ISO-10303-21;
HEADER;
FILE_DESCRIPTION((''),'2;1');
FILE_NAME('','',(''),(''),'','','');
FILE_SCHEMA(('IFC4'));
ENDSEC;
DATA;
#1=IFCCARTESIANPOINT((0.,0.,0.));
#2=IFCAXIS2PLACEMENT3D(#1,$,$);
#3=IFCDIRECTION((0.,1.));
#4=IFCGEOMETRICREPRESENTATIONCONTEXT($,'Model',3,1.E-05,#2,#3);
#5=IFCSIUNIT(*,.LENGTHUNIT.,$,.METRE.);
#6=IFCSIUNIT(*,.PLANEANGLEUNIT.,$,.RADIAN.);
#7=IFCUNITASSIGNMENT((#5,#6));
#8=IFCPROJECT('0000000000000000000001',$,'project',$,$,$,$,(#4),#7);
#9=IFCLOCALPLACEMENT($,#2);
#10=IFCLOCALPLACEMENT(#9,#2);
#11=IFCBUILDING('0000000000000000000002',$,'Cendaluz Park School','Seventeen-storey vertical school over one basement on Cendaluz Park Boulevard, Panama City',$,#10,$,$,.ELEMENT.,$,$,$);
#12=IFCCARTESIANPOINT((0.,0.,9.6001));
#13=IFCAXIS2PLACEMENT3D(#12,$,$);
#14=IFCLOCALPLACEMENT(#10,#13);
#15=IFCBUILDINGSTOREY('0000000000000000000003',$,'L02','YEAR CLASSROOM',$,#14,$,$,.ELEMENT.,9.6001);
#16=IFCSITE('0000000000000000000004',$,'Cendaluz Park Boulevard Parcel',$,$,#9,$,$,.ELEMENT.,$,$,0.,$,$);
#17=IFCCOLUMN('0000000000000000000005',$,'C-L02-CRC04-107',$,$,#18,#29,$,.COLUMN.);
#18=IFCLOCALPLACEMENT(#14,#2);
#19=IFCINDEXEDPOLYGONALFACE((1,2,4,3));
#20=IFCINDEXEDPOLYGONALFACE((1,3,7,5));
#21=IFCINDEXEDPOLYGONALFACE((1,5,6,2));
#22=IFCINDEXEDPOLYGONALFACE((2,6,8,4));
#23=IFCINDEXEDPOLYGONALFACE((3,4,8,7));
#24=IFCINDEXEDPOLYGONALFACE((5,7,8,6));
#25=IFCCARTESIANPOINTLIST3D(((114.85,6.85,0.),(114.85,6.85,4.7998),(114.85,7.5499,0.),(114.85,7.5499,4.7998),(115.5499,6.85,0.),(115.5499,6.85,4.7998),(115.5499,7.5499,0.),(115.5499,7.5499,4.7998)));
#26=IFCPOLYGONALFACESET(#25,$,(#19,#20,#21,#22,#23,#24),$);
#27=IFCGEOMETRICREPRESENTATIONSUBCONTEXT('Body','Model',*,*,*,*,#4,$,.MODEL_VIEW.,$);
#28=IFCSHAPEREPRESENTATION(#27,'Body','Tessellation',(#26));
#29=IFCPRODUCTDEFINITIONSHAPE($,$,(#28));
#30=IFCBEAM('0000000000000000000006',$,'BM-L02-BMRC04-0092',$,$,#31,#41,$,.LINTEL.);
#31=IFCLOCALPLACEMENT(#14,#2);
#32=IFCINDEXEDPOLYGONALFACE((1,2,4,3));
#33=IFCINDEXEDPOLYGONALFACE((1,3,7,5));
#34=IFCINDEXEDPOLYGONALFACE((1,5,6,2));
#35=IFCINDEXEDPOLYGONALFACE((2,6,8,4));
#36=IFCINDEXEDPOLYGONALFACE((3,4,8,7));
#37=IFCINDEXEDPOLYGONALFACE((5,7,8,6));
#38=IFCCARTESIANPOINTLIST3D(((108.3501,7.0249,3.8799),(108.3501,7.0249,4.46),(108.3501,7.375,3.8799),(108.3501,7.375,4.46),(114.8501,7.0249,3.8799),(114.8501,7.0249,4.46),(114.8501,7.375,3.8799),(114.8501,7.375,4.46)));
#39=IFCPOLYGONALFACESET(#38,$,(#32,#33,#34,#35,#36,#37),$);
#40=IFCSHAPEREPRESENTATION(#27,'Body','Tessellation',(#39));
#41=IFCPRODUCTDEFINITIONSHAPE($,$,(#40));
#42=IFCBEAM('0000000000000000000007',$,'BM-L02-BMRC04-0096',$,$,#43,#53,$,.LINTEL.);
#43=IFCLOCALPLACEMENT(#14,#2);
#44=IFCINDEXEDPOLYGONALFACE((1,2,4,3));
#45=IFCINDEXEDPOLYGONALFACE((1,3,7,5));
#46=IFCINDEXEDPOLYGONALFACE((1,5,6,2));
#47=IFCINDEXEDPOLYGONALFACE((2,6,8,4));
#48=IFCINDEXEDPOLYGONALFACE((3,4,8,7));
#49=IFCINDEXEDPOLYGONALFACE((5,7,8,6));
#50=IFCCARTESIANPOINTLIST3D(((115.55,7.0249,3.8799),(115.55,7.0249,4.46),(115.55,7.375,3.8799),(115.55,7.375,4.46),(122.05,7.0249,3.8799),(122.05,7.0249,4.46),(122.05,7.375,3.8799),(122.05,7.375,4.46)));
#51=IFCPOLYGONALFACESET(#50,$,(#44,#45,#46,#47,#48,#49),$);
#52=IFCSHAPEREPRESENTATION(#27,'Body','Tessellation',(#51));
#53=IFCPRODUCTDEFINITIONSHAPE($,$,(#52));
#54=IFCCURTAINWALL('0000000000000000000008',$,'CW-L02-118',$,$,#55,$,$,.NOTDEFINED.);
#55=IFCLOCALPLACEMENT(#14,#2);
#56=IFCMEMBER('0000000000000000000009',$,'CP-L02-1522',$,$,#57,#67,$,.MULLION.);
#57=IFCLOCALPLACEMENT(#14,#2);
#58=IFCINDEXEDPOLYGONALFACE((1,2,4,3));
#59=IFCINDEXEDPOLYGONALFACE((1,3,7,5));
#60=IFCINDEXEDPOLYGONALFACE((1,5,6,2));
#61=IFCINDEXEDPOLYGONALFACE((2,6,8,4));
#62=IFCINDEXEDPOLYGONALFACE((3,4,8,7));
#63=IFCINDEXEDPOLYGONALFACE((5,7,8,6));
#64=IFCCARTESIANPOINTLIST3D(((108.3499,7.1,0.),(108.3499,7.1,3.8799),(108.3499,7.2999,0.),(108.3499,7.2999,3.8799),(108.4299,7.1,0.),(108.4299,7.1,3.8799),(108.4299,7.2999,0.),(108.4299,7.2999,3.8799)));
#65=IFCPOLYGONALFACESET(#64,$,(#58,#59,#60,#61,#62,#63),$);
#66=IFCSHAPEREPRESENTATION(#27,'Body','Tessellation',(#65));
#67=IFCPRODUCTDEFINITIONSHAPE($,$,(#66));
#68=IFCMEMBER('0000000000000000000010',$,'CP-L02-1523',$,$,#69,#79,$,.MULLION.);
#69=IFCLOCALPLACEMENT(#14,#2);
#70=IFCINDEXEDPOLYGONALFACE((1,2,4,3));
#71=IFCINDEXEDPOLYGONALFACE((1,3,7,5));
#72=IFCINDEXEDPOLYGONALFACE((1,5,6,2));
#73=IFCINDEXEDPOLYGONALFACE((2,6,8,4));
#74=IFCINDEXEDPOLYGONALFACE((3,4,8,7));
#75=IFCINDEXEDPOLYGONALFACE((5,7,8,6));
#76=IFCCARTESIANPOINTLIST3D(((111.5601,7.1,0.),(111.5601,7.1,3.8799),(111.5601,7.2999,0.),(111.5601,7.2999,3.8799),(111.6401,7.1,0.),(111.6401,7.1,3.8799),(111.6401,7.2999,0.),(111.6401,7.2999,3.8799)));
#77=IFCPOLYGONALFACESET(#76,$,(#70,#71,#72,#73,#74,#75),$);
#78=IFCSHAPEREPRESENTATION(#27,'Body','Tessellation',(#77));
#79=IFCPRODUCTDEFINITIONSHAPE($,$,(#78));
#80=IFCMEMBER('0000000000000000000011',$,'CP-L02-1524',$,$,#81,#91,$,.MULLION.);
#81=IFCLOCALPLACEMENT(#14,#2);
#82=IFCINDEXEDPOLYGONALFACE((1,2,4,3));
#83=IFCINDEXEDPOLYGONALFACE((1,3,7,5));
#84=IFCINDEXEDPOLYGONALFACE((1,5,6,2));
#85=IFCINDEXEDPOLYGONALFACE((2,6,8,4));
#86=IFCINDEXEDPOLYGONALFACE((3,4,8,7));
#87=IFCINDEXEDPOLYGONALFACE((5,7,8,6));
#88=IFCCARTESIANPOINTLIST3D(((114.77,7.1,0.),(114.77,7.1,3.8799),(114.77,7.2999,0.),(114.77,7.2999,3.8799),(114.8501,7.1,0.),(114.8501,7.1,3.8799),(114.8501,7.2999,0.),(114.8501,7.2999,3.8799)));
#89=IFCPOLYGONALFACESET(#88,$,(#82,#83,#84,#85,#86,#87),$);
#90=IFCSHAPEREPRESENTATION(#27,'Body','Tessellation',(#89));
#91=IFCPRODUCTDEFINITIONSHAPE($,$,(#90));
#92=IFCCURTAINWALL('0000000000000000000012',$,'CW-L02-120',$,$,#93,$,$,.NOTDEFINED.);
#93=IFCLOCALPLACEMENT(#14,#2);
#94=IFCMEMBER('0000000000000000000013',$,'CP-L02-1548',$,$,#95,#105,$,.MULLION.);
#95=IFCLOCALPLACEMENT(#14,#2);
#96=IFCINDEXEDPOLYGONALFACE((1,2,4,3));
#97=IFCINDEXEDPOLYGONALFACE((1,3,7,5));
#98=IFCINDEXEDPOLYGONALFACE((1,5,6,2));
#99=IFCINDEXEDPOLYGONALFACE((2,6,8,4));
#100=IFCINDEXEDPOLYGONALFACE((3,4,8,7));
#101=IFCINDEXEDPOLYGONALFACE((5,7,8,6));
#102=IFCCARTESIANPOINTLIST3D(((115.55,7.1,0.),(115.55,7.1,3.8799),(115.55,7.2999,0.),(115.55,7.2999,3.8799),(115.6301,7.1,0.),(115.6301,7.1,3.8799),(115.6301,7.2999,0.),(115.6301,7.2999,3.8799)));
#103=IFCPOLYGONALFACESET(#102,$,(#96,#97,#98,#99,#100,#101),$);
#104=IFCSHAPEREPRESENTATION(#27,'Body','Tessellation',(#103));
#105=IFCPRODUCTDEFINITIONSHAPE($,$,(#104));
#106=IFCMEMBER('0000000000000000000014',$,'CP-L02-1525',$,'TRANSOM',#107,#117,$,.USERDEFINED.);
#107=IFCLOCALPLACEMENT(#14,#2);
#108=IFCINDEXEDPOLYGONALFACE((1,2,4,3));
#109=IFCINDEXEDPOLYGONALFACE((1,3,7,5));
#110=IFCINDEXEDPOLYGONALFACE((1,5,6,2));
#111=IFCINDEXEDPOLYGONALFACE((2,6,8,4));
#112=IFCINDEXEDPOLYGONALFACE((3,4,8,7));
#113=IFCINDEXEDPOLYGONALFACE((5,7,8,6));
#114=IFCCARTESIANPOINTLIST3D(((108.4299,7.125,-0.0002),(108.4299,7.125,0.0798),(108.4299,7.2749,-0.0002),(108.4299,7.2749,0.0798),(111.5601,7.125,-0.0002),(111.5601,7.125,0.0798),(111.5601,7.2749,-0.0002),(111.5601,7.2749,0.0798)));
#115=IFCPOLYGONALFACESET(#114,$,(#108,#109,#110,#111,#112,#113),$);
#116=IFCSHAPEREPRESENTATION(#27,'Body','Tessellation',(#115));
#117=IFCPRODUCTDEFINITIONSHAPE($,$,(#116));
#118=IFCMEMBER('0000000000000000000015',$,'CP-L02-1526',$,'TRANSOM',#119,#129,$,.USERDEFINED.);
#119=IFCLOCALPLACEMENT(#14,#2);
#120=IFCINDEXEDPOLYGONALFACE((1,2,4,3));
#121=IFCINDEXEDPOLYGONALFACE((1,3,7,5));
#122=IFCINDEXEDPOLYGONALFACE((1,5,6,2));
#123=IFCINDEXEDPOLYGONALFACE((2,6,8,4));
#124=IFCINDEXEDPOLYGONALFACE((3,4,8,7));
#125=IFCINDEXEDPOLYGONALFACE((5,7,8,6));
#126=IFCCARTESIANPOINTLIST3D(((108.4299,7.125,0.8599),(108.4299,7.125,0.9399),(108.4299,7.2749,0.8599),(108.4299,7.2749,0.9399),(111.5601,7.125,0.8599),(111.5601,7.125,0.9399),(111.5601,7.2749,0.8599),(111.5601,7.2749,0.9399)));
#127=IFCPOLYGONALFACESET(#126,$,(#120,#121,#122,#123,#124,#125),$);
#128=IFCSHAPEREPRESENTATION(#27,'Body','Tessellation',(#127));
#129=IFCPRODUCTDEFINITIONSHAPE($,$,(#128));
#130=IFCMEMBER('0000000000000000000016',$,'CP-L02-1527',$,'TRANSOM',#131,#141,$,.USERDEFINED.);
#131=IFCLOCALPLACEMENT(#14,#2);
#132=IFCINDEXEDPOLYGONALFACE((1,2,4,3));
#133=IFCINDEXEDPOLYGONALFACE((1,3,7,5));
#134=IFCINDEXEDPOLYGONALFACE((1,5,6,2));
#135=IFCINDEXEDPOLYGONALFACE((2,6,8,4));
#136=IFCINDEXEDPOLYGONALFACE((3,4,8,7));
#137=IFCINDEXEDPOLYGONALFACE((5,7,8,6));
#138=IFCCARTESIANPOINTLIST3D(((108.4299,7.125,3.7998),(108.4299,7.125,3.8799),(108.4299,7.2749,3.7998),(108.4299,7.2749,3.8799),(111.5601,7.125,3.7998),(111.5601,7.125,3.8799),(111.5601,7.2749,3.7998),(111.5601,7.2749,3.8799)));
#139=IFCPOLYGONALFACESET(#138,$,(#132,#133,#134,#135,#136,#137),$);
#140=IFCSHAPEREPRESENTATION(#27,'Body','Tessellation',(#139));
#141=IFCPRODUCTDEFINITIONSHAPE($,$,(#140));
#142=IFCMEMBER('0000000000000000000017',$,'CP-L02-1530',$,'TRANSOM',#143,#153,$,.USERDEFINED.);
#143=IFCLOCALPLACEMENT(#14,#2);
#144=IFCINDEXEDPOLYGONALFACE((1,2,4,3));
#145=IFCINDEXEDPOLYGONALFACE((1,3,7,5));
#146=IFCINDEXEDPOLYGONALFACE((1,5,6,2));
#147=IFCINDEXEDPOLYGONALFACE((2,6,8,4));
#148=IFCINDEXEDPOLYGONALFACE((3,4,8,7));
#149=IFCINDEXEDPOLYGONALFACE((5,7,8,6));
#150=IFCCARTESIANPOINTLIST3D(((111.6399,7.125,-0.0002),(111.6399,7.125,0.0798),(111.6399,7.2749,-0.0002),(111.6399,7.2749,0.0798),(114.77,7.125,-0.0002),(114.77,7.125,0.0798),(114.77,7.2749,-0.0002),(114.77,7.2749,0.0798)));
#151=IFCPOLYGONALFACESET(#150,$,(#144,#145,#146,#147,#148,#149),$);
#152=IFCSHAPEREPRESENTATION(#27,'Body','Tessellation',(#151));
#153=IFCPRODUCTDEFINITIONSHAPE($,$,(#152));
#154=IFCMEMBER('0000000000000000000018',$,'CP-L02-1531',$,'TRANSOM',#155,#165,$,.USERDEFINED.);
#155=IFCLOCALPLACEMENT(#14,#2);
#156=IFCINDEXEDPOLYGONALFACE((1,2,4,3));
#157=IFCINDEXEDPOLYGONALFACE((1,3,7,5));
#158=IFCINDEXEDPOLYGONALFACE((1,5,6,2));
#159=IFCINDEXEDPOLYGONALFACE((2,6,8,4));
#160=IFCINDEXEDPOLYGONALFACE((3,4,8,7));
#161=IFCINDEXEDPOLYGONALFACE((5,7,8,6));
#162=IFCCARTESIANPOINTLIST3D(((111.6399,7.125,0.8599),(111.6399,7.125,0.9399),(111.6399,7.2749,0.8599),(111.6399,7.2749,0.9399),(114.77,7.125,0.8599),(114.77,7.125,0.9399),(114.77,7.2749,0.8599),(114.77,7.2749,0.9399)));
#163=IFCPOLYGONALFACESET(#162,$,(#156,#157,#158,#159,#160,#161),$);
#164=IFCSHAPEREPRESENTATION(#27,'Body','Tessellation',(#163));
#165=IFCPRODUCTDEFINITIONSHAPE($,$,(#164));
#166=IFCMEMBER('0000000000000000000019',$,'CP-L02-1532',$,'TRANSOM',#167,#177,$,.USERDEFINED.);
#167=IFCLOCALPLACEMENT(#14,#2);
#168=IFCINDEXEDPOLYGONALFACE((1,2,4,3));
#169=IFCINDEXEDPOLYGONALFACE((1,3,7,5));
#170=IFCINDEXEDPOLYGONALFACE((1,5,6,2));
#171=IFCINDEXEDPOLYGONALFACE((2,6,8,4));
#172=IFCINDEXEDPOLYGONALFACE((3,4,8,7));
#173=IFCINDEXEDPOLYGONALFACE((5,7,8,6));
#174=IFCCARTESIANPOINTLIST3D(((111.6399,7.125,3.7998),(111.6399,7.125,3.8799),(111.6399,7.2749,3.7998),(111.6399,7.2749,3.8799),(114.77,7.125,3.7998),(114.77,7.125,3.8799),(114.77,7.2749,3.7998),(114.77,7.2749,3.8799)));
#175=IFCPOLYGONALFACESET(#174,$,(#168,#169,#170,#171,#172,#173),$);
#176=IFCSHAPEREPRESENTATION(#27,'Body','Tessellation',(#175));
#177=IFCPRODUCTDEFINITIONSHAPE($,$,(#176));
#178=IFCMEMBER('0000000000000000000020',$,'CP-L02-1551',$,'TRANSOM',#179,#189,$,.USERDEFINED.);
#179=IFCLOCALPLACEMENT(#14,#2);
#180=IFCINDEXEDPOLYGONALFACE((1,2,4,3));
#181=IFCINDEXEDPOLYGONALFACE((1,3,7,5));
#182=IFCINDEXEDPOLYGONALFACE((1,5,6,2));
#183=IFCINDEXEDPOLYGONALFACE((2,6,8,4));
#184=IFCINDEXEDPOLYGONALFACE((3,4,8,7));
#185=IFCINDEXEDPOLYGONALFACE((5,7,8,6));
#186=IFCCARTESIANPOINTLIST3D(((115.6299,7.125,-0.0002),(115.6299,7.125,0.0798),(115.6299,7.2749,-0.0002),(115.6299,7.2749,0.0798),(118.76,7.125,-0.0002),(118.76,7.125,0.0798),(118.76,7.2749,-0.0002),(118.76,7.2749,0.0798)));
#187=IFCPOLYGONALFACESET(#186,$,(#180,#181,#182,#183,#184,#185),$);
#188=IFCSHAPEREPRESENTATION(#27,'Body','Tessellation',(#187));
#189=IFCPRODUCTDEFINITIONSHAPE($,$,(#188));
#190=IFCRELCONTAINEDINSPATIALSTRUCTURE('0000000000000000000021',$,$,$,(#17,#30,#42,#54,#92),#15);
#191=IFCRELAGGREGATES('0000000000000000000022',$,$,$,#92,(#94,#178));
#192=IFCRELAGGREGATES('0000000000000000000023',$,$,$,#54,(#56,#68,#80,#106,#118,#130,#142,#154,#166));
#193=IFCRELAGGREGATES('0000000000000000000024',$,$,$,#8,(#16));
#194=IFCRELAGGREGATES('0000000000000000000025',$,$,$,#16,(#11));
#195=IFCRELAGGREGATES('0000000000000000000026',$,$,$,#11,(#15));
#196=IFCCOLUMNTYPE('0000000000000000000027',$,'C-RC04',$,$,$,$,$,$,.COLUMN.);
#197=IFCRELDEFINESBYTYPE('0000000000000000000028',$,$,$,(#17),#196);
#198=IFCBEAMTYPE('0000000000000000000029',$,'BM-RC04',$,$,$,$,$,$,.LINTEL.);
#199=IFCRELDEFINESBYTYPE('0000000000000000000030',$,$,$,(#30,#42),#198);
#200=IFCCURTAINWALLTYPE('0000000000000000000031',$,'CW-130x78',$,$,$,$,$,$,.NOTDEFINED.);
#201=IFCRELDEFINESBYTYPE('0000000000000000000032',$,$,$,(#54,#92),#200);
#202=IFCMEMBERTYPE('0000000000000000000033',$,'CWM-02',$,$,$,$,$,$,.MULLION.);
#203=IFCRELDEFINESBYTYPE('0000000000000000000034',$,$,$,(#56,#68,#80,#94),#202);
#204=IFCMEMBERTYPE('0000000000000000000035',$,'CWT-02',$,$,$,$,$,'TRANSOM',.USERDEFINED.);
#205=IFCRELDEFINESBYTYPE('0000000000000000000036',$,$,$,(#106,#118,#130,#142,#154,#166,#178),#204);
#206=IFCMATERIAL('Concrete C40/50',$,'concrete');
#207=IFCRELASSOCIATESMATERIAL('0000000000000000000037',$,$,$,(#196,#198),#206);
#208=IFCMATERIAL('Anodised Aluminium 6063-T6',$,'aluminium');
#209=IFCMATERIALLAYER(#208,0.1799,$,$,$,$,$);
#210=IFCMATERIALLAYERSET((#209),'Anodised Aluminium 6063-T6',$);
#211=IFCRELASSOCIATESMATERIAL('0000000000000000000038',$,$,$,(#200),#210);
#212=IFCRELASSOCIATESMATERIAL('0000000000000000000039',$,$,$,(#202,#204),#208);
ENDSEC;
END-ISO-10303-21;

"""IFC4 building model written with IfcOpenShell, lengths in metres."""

from ifc_helpers import new_model, si_unit, direction, frame, origin, origin_2d, place, context, subcontext, project, spatial, rectangle, extrude, material, layer, layer_set, material_profile, profile_set, type_object, element, aggregate, save


model = new_model("IFC4")

# Units and contexts
model_context = context("Model", 3, precision=1e-05, world=origin(), true_north=direction((0.0, 1.0)))
body_context = subcontext(model_context, "Body", "Model", "MODEL_VIEW")
ifc_project = project(units=[si_unit("LENGTHUNIT", "METRE"), si_unit("PLANEANGLEUNIT", "RADIAN")], contexts=[model_context])

# Site, building, storey
site_placement = place(None, origin())
site = spatial("IfcSite", under=ifc_project, at=site_placement, Name="Cendaluz Park Boulevard Parcel", CompositionType="ELEMENT", RefElevation=0.0)
building_placement = place(site_placement, origin())
building = spatial("IfcBuilding", under=site, at=building_placement, Name="Cendaluz Park School", Description="Seventeen-storey vertical school over one basement on Cendaluz Park Boulevard, Panama City", CompositionType="ELEMENT")
storey_placement = place(building_placement, frame((0.0, 0.0, 9.6001)))
storey = spatial("IfcBuildingStorey", under=building, at=storey_placement, Name="L02", Description="YEAR CLASSROOM", CompositionType="ELEMENT", Elevation=9.6001)

# Column
ifc_material_1 = material(Name="Concrete C40/50", Category="concrete")
ifc_material_profile_1 = material_profile(ifc_material_1, rectangle(XDim=0.7, YDim=0.7, at=origin_2d()), Name="RC 700x700", Category="concrete")
ifc_profile_set_1 = profile_set([ifc_material_profile_1], Name="Concrete C40/50")
column_type = type_object("IfcColumnType", Name="C-RC04", PredefinedType="COLUMN", material=ifc_profile_set_1)
column_placement = place(storey_placement, frame((115.2, 7.2, 0.0), z_axis=(0.0, 0.0, 1.0), x_axis=(1.0, 0.0, 0.0)))
element("IfcColumn", 1, at=column_placement, inside=storey, type_object=column_type, Name="C-L02-CRC04-107", PredefinedType="COLUMN", context=body_context, shape_type="SweptSolid", body=[
    extrude(rectangle(XDim=0.7, YDim=0.7, at=origin_2d()), origin(), (0.0, 0.0, 1.0), 4.7998),
])

# Beams
ifc_material_profile_2 = material_profile(ifc_material_1, rectangle(XDim=0.3501, YDim=0.5801, at=origin_2d()), Name="RC 350x580", Category="concrete")
ifc_profile_set_2 = profile_set([ifc_material_profile_2], Name="Concrete C40/50")
beam_type = type_object("IfcBeamType", Name="BM-RC04", PredefinedType="LINTEL", material=ifc_profile_set_2)
for number, where, z_axis, x_axis, name in (
    (2, (108.3501, 7.2, 4.1699), (1.0, 0.0, 0.0), (0.0, 1.0, 0.0), "BM-L02-BMRC04-0092"),
    (3, (115.55, 7.2, 4.1699), (1.0, 0.0, 0.0), (0.0, 1.0, 0.0), "BM-L02-BMRC04-0096"),
):
    element("IfcBeam", number, at=place(storey_placement, frame(where, z_axis=z_axis, x_axis=x_axis)), inside=storey, type_object=beam_type, Name=name, PredefinedType="LINTEL", context=body_context, shape_type="SweptSolid", body=[
        extrude(rectangle(XDim=0.3501, YDim=0.5801, at=origin_2d()), origin(), (0.0, 0.0, 1.0), 6.5),
    ])

# Curtain wall, members
ifc_material_2 = material(Name="Anodised Aluminium 6063-T6", Category="aluminium")
ifc_layer_1 = layer(ifc_material_2, 0.1799)
ifc_layer_set_1 = layer_set([ifc_layer_1], Name="Anodised Aluminium 6063-T6")
curtain_wall_type = type_object("IfcCurtainWallType", Name="CW-130x78", PredefinedType="NOTDEFINED", material=ifc_layer_set_1)
curtain_wall_1_placement = place(storey_placement, origin())
curtain_wall_1 = element("IfcCurtainWall", 4, at=curtain_wall_1_placement, inside=storey, type_object=curtain_wall_type, Name="CW-L02-118", PredefinedType="NOTDEFINED")
ifc_material_profile_3 = material_profile(ifc_material_2, rectangle(XDim=0.2, YDim=0.0801, at=origin_2d()), Name="CWM 200x80", Category="aluminium")
ifc_profile_set_3 = profile_set([ifc_material_profile_3], Name="Anodised Aluminium 6063-T6")
member_type_1 = type_object("IfcMemberType", Name="CWM-02", PredefinedType="MULLION", material=ifc_profile_set_3)
member_1_placement = place(storey_placement, frame((108.3899, 7.2, 0.0), z_axis=(0.0, 0.0, 1.0), x_axis=(0.0, 1.0, 0.0)))
member_1 = element("IfcMember", 5, at=member_1_placement, type_object=member_type_1, Name="CP-L02-1522", PredefinedType="MULLION", context=body_context, shape_type="SweptSolid", body=[
    extrude(rectangle(XDim=0.2, YDim=0.0801, at=origin_2d()), origin(), (0.0, 0.0, 1.0), 3.8799),
])
member_2_placement = place(storey_placement, frame((111.6001, 7.2, 0.0), z_axis=(0.0, 0.0, 1.0), x_axis=(0.0, 1.0, 0.0)))
member_2 = element("IfcMember", 6, at=member_2_placement, type_object=member_type_1, Name="CP-L02-1523", PredefinedType="MULLION", context=body_context, shape_type="SweptSolid", body=[
    extrude(rectangle(XDim=0.2, YDim=0.0801, at=origin_2d()), origin(), (0.0, 0.0, 1.0), 3.8799),
])
member_3_placement = place(storey_placement, frame((114.8101, 7.2, 0.0), z_axis=(0.0, 0.0, 1.0), x_axis=(0.0, 1.0, 0.0)))
member_3 = element("IfcMember", 7, at=member_3_placement, type_object=member_type_1, Name="CP-L02-1524", PredefinedType="MULLION", context=body_context, shape_type="SweptSolid", body=[
    extrude(rectangle(XDim=0.2, YDim=0.0801, at=origin_2d()), origin(), (0.0, 0.0, 1.0), 3.8799),
])

# Curtain wall, member
curtain_wall_2_placement = place(storey_placement, origin())
curtain_wall_2 = element("IfcCurtainWall", 8, at=curtain_wall_2_placement, inside=storey, type_object=curtain_wall_type, Name="CW-L02-120", PredefinedType="NOTDEFINED")
member_4_placement = place(storey_placement, frame((115.5901, 7.2, 0.0), z_axis=(0.0, 0.0, 1.0), x_axis=(0.0, 1.0, 0.0)))
member_4 = element("IfcMember", 9, at=member_4_placement, type_object=member_type_1, Name="CP-L02-1548", PredefinedType="MULLION", context=body_context, shape_type="SweptSolid", body=[
    extrude(rectangle(XDim=0.2, YDim=0.0801, at=origin_2d()), origin(), (0.0, 0.0, 1.0), 3.8799),
])

# Members
ifc_material_profile_4 = material_profile(ifc_material_2, rectangle(XDim=0.1499, YDim=0.0801, at=origin_2d()), Name="CWT 150x80", Category="aluminium")
ifc_profile_set_4 = profile_set([ifc_material_profile_4], Name="Anodised Aluminium 6063-T6")
member_type_2 = type_object("IfcMemberType", Name="CWT-02", ElementType="TRANSOM", PredefinedType="USERDEFINED", material=ifc_profile_set_4)
member_5_placement = place(storey_placement, frame((108.4299, 7.2, 0.0398), z_axis=(1.0, 0.0, 0.0), x_axis=(0.0, 1.0, 0.0)))
member_5 = element("IfcMember", 10, at=member_5_placement, type_object=member_type_2, Name="CP-L02-1525", ObjectType="TRANSOM", PredefinedType="USERDEFINED", context=body_context, shape_type="SweptSolid", body=[
    extrude(rectangle(XDim=0.1499, YDim=0.0801, at=origin_2d()), origin(), (0.0, 0.0, 1.0), 3.1301),
])
member_6_placement = place(storey_placement, frame((108.4299, 7.2, 0.8999), z_axis=(1.0, 0.0, 0.0), x_axis=(0.0, 1.0, 0.0)))
member_6 = element("IfcMember", 11, at=member_6_placement, type_object=member_type_2, Name="CP-L02-1526", ObjectType="TRANSOM", PredefinedType="USERDEFINED", context=body_context, shape_type="SweptSolid", body=[
    extrude(rectangle(XDim=0.1499, YDim=0.0801, at=origin_2d()), origin(), (0.0, 0.0, 1.0), 3.1301),
])
member_7_placement = place(storey_placement, frame((108.4299, 7.2, 3.8398), z_axis=(1.0, 0.0, 0.0), x_axis=(0.0, 1.0, 0.0)))
member_7 = element("IfcMember", 12, at=member_7_placement, type_object=member_type_2, Name="CP-L02-1527", ObjectType="TRANSOM", PredefinedType="USERDEFINED", context=body_context, shape_type="SweptSolid", body=[
    extrude(rectangle(XDim=0.1499, YDim=0.0801, at=origin_2d()), origin(), (0.0, 0.0, 1.0), 3.1301),
])
member_8_placement = place(storey_placement, frame((111.6399, 7.2, 0.0398), z_axis=(1.0, 0.0, 0.0), x_axis=(0.0, 1.0, 0.0)))
member_8 = element("IfcMember", 13, at=member_8_placement, type_object=member_type_2, Name="CP-L02-1530", ObjectType="TRANSOM", PredefinedType="USERDEFINED", context=body_context, shape_type="SweptSolid", body=[
    extrude(rectangle(XDim=0.1499, YDim=0.0801, at=origin_2d()), origin(), (0.0, 0.0, 1.0), 3.1301),
])
member_9_placement = place(storey_placement, frame((111.6399, 7.2, 0.8999), z_axis=(1.0, 0.0, 0.0), x_axis=(0.0, 1.0, 0.0)))
member_9 = element("IfcMember", 14, at=member_9_placement, type_object=member_type_2, Name="CP-L02-1531", ObjectType="TRANSOM", PredefinedType="USERDEFINED", context=body_context, shape_type="SweptSolid", body=[
    extrude(rectangle(XDim=0.1499, YDim=0.0801, at=origin_2d()), origin(), (0.0, 0.0, 1.0), 3.1301),
])
member_10_placement = place(storey_placement, frame((111.6399, 7.2, 3.8398), z_axis=(1.0, 0.0, 0.0), x_axis=(0.0, 1.0, 0.0)))
member_10 = element("IfcMember", 15, at=member_10_placement, type_object=member_type_2, Name="CP-L02-1532", ObjectType="TRANSOM", PredefinedType="USERDEFINED", context=body_context, shape_type="SweptSolid", body=[
    extrude(rectangle(XDim=0.1499, YDim=0.0801, at=origin_2d()), origin(), (0.0, 0.0, 1.0), 3.1301),
])
member_11_placement = place(storey_placement, frame((115.6299, 7.2, 0.0398), z_axis=(1.0, 0.0, 0.0), x_axis=(0.0, 1.0, 0.0)))
member_11 = element("IfcMember", 16, at=member_11_placement, type_object=member_type_2, Name="CP-L02-1551", ObjectType="TRANSOM", PredefinedType="USERDEFINED", context=body_context, shape_type="SweptSolid", body=[
    extrude(rectangle(XDim=0.1499, YDim=0.0801, at=origin_2d()), origin(), (0.0, 0.0, 1.0), 3.1301),
])
aggregate(curtain_wall_2, [member_4, member_11])

aggregate(curtain_wall_1, [member_1, member_2, member_3, member_5, member_6, member_7, member_8, member_9, member_10])

save(model, "model.ifc")
